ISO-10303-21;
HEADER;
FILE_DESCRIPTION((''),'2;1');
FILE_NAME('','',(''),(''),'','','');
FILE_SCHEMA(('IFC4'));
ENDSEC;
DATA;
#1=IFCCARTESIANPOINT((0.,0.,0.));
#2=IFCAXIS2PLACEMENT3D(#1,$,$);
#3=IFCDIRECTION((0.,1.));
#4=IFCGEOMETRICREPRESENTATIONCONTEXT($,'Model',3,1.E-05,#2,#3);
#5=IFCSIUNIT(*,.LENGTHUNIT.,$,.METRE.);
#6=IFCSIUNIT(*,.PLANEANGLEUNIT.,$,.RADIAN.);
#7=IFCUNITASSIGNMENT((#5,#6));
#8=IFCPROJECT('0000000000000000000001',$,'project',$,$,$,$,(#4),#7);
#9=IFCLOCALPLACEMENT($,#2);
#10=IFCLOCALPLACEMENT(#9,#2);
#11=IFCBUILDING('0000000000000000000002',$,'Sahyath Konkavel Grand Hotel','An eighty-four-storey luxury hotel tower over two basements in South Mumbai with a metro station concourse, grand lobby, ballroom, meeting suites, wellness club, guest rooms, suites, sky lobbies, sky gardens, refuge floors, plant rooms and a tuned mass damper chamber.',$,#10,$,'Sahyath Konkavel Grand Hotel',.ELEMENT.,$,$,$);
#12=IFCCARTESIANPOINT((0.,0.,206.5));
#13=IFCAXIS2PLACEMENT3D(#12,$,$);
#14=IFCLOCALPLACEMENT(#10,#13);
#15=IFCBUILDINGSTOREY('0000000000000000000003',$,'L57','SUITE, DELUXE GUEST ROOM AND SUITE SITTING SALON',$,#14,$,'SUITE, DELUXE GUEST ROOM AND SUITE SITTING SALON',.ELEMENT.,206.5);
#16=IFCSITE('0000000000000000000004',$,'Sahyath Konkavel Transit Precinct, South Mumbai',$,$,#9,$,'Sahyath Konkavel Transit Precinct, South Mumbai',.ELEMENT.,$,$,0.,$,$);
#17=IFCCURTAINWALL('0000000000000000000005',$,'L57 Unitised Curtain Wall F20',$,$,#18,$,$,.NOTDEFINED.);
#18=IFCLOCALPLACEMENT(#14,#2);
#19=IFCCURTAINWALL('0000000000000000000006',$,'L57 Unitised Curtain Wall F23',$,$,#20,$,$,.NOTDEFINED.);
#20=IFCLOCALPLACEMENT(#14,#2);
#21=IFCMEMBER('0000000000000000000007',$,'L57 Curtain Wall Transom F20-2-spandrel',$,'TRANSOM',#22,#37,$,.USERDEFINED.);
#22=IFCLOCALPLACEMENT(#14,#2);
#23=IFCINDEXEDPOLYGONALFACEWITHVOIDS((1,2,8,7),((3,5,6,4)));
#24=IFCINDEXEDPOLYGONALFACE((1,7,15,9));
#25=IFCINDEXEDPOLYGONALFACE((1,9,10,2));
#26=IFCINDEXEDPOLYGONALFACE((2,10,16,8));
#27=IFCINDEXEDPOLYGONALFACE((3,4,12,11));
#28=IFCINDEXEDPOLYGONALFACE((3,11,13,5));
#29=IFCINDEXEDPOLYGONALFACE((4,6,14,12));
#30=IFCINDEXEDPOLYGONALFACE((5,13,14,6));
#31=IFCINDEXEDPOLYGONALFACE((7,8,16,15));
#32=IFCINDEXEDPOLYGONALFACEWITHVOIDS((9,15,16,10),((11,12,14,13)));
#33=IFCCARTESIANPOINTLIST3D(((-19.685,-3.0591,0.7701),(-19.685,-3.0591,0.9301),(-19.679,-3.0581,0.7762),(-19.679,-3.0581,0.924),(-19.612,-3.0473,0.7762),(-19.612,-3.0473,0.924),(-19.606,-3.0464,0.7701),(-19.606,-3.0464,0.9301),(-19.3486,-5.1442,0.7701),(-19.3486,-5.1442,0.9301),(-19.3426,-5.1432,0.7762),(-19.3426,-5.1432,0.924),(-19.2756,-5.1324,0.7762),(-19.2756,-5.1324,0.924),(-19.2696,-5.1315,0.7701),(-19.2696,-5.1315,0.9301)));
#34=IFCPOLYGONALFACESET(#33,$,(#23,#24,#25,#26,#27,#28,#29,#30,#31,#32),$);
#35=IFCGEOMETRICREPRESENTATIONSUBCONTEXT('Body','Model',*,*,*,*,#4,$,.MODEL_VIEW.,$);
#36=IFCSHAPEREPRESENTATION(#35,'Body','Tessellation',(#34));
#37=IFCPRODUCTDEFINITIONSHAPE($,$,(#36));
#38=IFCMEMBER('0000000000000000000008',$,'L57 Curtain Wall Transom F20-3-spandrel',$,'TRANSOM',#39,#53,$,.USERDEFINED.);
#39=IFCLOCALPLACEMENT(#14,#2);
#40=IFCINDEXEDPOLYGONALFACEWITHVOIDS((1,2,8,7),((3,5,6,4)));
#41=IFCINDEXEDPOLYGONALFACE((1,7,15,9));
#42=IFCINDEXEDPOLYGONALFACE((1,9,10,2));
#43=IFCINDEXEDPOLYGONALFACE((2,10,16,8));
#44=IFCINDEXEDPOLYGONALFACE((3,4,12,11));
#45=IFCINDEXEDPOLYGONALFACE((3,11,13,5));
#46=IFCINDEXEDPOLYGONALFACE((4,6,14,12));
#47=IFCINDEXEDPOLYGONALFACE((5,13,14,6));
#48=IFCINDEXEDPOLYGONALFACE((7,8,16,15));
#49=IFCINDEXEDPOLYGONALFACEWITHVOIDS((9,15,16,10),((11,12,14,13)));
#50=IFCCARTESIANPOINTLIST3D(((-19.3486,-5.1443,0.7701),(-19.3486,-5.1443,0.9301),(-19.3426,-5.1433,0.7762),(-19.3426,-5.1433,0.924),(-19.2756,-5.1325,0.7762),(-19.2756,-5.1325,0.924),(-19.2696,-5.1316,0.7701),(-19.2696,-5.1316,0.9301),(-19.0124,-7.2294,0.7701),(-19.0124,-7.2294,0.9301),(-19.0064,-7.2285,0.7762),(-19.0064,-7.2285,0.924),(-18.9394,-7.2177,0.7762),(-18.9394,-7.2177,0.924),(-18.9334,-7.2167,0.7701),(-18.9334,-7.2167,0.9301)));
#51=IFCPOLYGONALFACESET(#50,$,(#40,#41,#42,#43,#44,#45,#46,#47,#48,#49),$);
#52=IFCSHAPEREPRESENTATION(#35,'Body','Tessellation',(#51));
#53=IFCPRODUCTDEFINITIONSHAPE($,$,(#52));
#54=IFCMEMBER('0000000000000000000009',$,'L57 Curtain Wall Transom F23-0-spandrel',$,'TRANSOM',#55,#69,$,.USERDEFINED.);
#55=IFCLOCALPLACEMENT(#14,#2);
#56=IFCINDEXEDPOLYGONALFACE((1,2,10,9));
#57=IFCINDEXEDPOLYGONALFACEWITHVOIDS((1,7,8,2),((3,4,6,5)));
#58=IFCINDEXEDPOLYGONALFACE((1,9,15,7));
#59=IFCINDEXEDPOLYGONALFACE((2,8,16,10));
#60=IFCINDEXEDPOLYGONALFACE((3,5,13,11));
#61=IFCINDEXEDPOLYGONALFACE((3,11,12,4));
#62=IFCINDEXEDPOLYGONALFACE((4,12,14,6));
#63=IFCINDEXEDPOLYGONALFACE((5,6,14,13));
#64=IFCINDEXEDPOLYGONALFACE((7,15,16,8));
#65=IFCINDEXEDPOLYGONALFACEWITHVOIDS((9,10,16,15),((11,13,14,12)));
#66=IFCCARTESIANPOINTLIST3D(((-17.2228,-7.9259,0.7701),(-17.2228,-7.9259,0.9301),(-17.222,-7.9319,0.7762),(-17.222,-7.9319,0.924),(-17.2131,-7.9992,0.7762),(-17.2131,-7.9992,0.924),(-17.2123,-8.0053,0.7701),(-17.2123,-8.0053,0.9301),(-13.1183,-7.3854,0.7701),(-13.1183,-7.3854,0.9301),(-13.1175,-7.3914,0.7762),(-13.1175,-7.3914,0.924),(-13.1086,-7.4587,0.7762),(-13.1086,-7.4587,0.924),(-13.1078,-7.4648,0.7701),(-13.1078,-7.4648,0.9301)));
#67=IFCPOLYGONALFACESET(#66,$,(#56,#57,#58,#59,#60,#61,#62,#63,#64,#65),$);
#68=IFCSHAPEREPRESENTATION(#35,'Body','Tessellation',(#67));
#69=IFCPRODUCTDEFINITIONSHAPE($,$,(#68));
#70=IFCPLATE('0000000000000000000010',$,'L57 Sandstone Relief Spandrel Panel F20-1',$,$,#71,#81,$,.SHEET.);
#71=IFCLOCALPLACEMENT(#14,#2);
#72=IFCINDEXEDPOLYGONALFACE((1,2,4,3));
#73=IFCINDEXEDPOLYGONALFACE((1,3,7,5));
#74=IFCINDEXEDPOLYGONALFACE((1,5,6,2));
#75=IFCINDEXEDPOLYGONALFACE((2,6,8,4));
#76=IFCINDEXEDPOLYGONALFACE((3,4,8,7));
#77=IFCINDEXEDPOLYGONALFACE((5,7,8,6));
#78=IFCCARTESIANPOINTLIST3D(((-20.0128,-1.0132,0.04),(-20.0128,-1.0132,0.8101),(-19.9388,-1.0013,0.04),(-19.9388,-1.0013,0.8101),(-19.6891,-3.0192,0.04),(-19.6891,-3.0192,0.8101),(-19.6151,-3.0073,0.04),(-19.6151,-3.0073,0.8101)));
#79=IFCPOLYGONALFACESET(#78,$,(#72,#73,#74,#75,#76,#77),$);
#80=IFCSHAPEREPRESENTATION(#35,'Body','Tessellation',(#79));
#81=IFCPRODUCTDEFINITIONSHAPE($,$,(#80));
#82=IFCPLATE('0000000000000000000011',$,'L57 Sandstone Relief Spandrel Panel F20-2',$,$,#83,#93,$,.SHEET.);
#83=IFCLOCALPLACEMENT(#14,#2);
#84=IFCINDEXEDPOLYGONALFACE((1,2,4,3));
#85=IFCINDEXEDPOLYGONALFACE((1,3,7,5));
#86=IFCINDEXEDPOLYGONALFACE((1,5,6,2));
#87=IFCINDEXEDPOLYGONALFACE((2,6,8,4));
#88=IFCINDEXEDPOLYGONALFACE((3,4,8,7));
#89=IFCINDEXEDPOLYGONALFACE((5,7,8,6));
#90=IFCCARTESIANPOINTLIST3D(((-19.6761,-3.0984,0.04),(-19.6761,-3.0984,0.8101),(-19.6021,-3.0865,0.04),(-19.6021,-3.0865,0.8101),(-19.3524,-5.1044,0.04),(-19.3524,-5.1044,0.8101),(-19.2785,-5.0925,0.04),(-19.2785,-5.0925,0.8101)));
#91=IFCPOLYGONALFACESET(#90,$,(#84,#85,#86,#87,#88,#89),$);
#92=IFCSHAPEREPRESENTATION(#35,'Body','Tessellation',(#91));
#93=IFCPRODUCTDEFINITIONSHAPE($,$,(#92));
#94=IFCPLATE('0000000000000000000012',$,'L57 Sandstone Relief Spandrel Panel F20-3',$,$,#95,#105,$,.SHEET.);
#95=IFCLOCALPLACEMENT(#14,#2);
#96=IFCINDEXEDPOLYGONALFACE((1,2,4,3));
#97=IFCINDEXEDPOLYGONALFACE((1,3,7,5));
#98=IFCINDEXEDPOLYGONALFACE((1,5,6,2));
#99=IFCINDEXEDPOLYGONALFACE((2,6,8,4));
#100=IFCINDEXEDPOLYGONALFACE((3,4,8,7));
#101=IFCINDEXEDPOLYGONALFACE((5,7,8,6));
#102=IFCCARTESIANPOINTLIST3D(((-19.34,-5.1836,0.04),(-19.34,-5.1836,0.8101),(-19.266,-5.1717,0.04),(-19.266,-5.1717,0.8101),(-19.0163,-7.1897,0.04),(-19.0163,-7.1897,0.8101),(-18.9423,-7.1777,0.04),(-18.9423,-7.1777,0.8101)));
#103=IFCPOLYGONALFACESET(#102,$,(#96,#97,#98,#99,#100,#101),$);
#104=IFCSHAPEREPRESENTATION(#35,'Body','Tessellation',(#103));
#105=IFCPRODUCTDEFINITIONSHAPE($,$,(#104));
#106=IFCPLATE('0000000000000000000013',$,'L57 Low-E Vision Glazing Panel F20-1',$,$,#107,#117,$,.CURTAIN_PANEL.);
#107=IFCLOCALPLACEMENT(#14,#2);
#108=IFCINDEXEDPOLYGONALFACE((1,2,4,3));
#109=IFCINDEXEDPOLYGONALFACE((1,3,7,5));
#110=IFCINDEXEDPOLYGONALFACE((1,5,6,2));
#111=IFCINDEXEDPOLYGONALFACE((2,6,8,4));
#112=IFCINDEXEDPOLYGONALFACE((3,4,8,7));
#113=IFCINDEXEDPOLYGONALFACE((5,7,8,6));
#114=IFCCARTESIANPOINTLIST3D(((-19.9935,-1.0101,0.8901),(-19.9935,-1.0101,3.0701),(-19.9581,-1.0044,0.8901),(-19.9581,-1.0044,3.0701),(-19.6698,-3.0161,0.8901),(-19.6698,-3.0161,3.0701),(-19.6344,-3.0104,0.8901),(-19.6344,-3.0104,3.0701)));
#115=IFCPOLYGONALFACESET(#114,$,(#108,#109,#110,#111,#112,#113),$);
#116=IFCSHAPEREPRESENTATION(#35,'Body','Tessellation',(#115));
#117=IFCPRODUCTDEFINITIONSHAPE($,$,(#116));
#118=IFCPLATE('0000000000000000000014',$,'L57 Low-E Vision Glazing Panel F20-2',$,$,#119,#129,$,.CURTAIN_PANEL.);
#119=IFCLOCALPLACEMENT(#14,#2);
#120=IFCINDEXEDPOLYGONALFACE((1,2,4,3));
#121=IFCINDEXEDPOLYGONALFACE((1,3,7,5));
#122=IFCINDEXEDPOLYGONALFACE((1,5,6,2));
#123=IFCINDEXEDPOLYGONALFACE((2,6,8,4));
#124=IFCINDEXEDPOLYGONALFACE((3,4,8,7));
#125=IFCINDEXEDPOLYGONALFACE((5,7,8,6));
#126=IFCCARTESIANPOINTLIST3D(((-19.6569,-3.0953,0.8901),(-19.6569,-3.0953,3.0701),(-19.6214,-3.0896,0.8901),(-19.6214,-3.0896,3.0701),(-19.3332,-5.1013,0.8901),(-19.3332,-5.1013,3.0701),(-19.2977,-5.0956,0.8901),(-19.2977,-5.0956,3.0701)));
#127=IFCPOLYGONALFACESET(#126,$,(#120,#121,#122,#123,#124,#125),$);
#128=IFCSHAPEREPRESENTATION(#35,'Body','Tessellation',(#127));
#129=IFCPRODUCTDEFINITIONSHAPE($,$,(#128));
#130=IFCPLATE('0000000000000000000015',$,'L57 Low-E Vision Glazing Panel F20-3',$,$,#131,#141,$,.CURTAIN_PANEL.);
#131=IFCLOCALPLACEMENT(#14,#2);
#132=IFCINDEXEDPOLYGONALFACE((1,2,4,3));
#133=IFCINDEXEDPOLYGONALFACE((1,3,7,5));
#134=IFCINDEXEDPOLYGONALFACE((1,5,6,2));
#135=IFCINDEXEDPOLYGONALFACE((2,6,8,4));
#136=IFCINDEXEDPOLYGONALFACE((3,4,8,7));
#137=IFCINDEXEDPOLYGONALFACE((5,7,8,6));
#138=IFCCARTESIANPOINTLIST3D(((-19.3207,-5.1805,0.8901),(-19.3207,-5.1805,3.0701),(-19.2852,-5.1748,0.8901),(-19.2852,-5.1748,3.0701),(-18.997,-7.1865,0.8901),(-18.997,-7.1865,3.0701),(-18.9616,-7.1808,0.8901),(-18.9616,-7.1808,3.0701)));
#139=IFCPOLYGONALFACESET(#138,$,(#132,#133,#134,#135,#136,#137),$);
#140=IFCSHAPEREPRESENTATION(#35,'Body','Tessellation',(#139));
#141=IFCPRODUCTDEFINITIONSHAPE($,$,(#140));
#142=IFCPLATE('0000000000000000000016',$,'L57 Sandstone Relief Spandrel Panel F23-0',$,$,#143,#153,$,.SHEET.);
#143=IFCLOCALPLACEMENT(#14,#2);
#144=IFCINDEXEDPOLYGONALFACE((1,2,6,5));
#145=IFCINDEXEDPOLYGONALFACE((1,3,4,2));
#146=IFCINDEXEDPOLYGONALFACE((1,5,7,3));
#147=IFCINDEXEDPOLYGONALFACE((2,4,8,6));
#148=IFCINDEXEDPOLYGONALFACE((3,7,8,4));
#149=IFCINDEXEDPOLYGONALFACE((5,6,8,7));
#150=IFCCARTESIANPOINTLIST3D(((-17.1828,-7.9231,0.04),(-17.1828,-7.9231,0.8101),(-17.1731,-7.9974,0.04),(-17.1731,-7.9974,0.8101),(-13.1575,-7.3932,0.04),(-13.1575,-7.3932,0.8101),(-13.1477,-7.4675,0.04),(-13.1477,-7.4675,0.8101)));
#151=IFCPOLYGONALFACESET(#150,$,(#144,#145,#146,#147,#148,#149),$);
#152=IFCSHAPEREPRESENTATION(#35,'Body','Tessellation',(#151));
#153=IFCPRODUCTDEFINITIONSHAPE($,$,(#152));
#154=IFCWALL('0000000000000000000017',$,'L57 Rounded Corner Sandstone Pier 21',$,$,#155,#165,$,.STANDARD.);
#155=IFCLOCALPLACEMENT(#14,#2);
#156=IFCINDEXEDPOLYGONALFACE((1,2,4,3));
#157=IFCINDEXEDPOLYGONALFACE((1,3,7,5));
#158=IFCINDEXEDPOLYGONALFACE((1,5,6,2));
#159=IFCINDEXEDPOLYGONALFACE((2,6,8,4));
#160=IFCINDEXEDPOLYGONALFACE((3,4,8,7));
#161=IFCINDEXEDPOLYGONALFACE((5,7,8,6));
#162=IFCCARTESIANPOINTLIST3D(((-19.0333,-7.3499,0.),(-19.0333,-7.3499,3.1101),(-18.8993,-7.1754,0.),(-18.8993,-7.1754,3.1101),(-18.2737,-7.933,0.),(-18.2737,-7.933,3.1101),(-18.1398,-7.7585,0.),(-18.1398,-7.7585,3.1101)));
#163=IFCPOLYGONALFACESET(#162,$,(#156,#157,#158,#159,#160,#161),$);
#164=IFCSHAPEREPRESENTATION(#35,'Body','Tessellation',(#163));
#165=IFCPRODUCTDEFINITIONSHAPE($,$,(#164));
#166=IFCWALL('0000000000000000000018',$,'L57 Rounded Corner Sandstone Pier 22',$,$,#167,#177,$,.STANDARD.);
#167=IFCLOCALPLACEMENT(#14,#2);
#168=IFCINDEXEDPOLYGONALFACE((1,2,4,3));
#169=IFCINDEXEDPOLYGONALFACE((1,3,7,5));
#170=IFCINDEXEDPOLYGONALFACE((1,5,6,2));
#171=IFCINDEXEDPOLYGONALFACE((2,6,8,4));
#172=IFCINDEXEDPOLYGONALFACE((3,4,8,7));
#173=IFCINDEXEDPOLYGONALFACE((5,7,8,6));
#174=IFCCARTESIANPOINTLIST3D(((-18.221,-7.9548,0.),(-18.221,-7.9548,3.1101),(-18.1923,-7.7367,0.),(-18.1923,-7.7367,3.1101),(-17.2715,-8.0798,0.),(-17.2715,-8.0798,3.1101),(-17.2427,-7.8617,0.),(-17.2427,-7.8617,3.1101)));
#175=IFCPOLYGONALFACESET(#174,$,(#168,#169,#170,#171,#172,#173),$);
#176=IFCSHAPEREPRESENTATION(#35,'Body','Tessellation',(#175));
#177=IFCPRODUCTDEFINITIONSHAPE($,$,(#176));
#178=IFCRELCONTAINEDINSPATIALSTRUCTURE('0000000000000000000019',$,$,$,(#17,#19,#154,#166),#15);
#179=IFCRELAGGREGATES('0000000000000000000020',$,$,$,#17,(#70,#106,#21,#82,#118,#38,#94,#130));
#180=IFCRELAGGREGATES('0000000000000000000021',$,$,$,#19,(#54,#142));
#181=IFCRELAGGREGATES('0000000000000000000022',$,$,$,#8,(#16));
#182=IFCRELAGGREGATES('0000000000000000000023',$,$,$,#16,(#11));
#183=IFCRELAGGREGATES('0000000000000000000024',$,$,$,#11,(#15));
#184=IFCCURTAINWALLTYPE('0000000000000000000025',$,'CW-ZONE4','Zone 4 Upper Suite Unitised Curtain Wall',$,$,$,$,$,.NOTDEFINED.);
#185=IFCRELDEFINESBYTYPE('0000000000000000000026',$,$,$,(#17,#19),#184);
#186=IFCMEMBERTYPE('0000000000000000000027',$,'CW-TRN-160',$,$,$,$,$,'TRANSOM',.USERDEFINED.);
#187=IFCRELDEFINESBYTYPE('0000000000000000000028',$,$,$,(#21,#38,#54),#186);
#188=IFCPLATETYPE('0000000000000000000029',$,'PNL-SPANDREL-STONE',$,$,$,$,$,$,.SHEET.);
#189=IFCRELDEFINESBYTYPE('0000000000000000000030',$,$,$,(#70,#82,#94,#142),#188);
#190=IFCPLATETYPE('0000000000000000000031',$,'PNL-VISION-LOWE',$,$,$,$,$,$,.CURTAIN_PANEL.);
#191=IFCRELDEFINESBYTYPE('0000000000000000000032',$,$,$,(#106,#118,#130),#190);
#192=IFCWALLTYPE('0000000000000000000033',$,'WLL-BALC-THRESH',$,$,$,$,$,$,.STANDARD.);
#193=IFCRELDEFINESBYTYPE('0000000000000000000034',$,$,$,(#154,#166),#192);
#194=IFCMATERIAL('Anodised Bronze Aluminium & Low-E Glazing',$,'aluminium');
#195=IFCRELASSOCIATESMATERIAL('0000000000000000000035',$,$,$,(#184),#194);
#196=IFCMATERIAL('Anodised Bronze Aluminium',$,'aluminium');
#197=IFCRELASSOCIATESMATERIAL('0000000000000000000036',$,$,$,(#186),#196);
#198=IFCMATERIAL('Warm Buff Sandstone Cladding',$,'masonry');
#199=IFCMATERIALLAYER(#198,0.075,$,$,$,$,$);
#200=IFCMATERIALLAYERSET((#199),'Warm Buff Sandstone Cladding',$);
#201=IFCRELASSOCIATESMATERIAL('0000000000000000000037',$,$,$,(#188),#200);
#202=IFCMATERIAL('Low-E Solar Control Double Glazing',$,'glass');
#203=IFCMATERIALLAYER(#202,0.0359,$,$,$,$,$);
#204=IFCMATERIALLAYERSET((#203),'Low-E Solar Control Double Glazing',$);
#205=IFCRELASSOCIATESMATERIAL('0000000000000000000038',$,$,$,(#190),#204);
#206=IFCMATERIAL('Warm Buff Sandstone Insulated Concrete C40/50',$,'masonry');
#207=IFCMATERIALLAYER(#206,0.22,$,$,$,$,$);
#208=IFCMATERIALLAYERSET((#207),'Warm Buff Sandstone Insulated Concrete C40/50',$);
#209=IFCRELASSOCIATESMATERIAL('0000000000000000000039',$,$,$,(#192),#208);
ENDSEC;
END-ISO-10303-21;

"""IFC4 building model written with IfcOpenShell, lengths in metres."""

from ifc_helpers import new_model, si_unit, direction, frame, frame_2d, origin, origin_2d, place, context, subcontext, project, spatial, rectangle, hollow_rectangle, extrude, source, transform, mapped, material, layer, layer_set, material_profile, profile_set, type_object, element, aggregate, save


model = new_model("IFC4")

# Units and contexts
model_context = context("Model", 3, precision=1e-05, world=origin(), true_north=direction((0.0, 1.0)))
body_context = subcontext(model_context, "Body", "Model", "MODEL_VIEW")
ifc_project = project(units=[si_unit("LENGTHUNIT", "METRE"), si_unit("PLANEANGLEUNIT", "RADIAN")], contexts=[model_context])

# Site, building, storey
site_placement = place(None, origin())
site = spatial("IfcSite", under=ifc_project, at=site_placement, Name="Sahyath Konkavel Transit Precinct, South Mumbai", LongName="Sahyath Konkavel Transit Precinct, South Mumbai", CompositionType="ELEMENT", RefElevation=0.0)
building_placement = place(site_placement, origin())
building = spatial("IfcBuilding", under=site, at=building_placement, Name="Sahyath Konkavel Grand Hotel", Description="An eighty-four-storey luxury hotel tower over two basements in South Mumbai with a metro station concourse, grand lobby, ballroom, meeting suites, wellness club, guest rooms, suites, sky lobbies, sky gardens, refuge floors, plant rooms and a tuned mass damper chamber.", LongName="Sahyath Konkavel Grand Hotel", CompositionType="ELEMENT")
storey_placement = place(building_placement, frame((0.0, 0.0, 206.5)))
storey = spatial("IfcBuildingStorey", under=building, at=storey_placement, Name="L57", Description="SUITE, DELUXE GUEST ROOM AND SUITE SITTING SALON", LongName="SUITE, DELUXE GUEST ROOM AND SUITE SITTING SALON", CompositionType="ELEMENT", Elevation=206.5)

# Curtain wall
ifc_material_1 = material(Name="Anodised Bronze Aluminium & Low-E Glazing", Category="aluminium")
curtain_wall_type = type_object("IfcCurtainWallType", Name="CW-ZONE4", Description="Zone 4 Upper Suite Unitised Curtain Wall", PredefinedType="NOTDEFINED", material=ifc_material_1)
curtain_wall_1_placement = place(storey_placement, origin())
curtain_wall_1 = element("IfcCurtainWall", 1, at=curtain_wall_1_placement, inside=storey, type_object=curtain_wall_type, Name="L57 Unitised Curtain Wall F20", PredefinedType="NOTDEFINED")
ifc_material_2 = material(Name="Anodised Bronze Aluminium", Category="aluminium")

# Curtain wall
curtain_wall_2_placement = place(storey_placement, origin())
curtain_wall_2 = element("IfcCurtainWall", 2, at=curtain_wall_2_placement, inside=storey, type_object=curtain_wall_type, Name="L57 Unitised Curtain Wall F23", PredefinedType="NOTDEFINED")

# Members
ifc_material_profile_1 = material_profile(ifc_material_2, hollow_rectangle(XDim=0.0801, YDim=0.1599, WallThickness=0.0061, at=origin_2d()), Name="RHS 160x80x6")
ifc_profile_set_1 = profile_set([ifc_material_profile_1], Name="Anodised Bronze Aluminium")
member_type_1 = type_object("IfcMemberType", Name="CW-TRN-160", ElementType="TRANSOM", PredefinedType="USERDEFINED", material=ifc_profile_set_1)
shared_shape_1 = source(origin(), body_context, "Body", "SweptSolid", [
    extrude(hollow_rectangle(XDim=0.0801, YDim=0.1599, WallThickness=0.0061, at=origin_2d()), origin(), (0.0, 0.0, 1.0), 2.1121),
])
member_1_placement = place(storey_placement, frame((-19.6455, -3.0527, 0.8501), z_axis=(0.15928, -0.987233, 0.0), x_axis=(0.987233, 0.15928, 0.0)))
member_1 = element("IfcMember", 3, at=member_1_placement, type_object=member_type_1, Name="L57 Curtain Wall Transom F20-2-spandrel", ObjectType="TRANSOM", PredefinedType="USERDEFINED", context=body_context, shape_type="MappedRepresentation", body=[
    mapped(shared_shape_1, transform((0.0, 0.0, 0.0), scale=1.0)),
])
member_2_placement = place(storey_placement, frame((-19.3091, -5.1379, 0.8501), z_axis=(0.159167, -0.987252, 0.0), x_axis=(0.987252, 0.159167, 0.0)))
member_2 = element("IfcMember", 4, at=member_2_placement, type_object=member_type_1, Name="L57 Curtain Wall Transom F20-3-spandrel", ObjectType="TRANSOM", PredefinedType="USERDEFINED", context=body_context, shape_type="MappedRepresentation", body=[
    mapped(shared_shape_1, transform((0.0, 0.0, 0.0), scale=1.0)),
])
shared_shape_2 = source(origin(), body_context, "Body", "SweptSolid", [
    extrude(hollow_rectangle(XDim=0.0801, YDim=0.1599, WallThickness=0.0061, at=origin_2d()), origin(), (0.0, 0.0, 1.0), 4.1399),
])
member_3_placement = place(storey_placement, frame((-17.2175, -7.9656, 0.8501), z_axis=(0.99144, 0.130564, 0.0), x_axis=(-0.130564, 0.99144, 0.0)))
member_3 = element("IfcMember", 5, at=member_3_placement, type_object=member_type_1, Name="L57 Curtain Wall Transom F23-0-spandrel", ObjectType="TRANSOM", PredefinedType="USERDEFINED", context=body_context, shape_type="MappedRepresentation", body=[
    mapped(shared_shape_2, transform((0.0, 0.0, 0.0), scale=1.0)),
])

# Plates
ifc_material_3 = material(Name="Warm Buff Sandstone Cladding", Category="masonry")
ifc_layer_1 = layer(ifc_material_3, 0.075)
ifc_layer_set_1 = layer_set([ifc_layer_1], Name="Warm Buff Sandstone Cladding")
plate_type_1 = type_object("IfcPlateType", Name="PNL-SPANDREL-STONE", PredefinedType="SHEET", material=ifc_layer_set_1)
shared_shape_3 = source(origin(), body_context, "Body", "SweptSolid", [
    extrude(rectangle(XDim=2.032, YDim=0.075, at=origin_2d()), origin(), (0.0, 0.0, 1.0), 0.77),
])
plate_1_placement = place(storey_placement, frame((-19.814, -2.0103, 0.04), z_axis=(0.0, 0.0, 1.0), x_axis=(0.159295, -0.987231, 0.0)))
plate_1 = element("IfcPlate", 6, at=plate_1_placement, type_object=plate_type_1, Name="L57 Sandstone Relief Spandrel Panel F20-1", PredefinedType="SHEET", context=body_context, shape_type="MappedRepresentation", body=[
    mapped(shared_shape_3, transform((0.0, 0.0, 0.0), scale=1.0)),
])
plate_2_placement = place(storey_placement, frame((-19.4773, -4.0955, 0.04), z_axis=(0.0, 0.0, 1.0), x_axis=(0.159295, -0.987231, 0.0)))
plate_2 = element("IfcPlate", 7, at=plate_2_placement, type_object=plate_type_1, Name="L57 Sandstone Relief Spandrel Panel F20-2", PredefinedType="SHEET", context=body_context, shape_type="MappedRepresentation", body=[
    mapped(shared_shape_3, transform((0.0, 0.0, 0.0), scale=1.0)),
])
plate_3_placement = place(storey_placement, frame((-19.1411, -6.1807, 0.04), z_axis=(0.0, 0.0, 1.0), x_axis=(0.159295, -0.987231, 0.0)))
plate_3 = element("IfcPlate", 8, at=plate_3_placement, type_object=plate_type_1, Name="L57 Sandstone Relief Spandrel Panel F20-3", PredefinedType="SHEET", context=body_context, shape_type="MappedRepresentation", body=[
    mapped(shared_shape_3, transform((0.0, 0.0, 0.0), scale=1.0)),
])
ifc_material_4 = material(Name="Low-E Solar Control Double Glazing", Category="glass")
ifc_layer_2 = layer(ifc_material_4, 0.0359)
ifc_layer_set_2 = layer_set([ifc_layer_2], Name="Low-E Solar Control Double Glazing")
plate_type_2 = type_object("IfcPlateType", Name="PNL-VISION-LOWE", PredefinedType="CURTAIN_PANEL", material=ifc_layer_set_2)
shared_shape_4 = source(origin(), body_context, "Body", "SweptSolid", [
    extrude(rectangle(XDim=2.032, YDim=0.0359, at=origin_2d()), origin(), (0.0, 0.0, 1.0), 2.1799),
])
plate_4_placement = place(storey_placement, frame((-19.814, -2.0103, 0.8901), z_axis=(0.0, 0.0, 1.0), x_axis=(0.159295, -0.987231, 0.0)))
plate_4 = element("IfcPlate", 9, at=plate_4_placement, type_object=plate_type_2, Name="L57 Low-E Vision Glazing Panel F20-1", PredefinedType="CURTAIN_PANEL", context=body_context, shape_type="MappedRepresentation", body=[
    mapped(shared_shape_4, transform((0.0, 0.0, 0.0), scale=1.0)),
])
plate_5_placement = place(storey_placement, frame((-19.4773, -4.0955, 0.8901), z_axis=(0.0, 0.0, 1.0), x_axis=(0.159295, -0.987231, 0.0)))
plate_5 = element("IfcPlate", 10, at=plate_5_placement, type_object=plate_type_2, Name="L57 Low-E Vision Glazing Panel F20-2", PredefinedType="CURTAIN_PANEL", context=body_context, shape_type="MappedRepresentation", body=[
    mapped(shared_shape_4, transform((0.0, 0.0, 0.0), scale=1.0)),
])
plate_6_placement = place(storey_placement, frame((-19.1411, -6.1807, 0.8901), z_axis=(0.0, 0.0, 1.0), x_axis=(0.159295, -0.987231, 0.0)))
plate_6 = element("IfcPlate", 11, at=plate_6_placement, type_object=plate_type_2, Name="L57 Low-E Vision Glazing Panel F20-3", PredefinedType="CURTAIN_PANEL", context=body_context, shape_type="MappedRepresentation", body=[
    mapped(shared_shape_4, transform((0.0, 0.0, 0.0), scale=1.0)),
])
aggregate(curtain_wall_1, [plate_1, plate_4, member_1, plate_2, plate_5, member_2, plate_3, plate_6])
shared_shape_5 = source(origin(), body_context, "Body", "SweptSolid", [
    extrude(rectangle(XDim=4.0601, YDim=0.075, at=origin_2d()), origin(), (0.0, 0.0, 1.0), 0.77),
])
plate_7_placement = place(storey_placement, frame((-15.1653, -7.6953, 0.04), z_axis=(0.0, 0.0, 1.0), x_axis=(0.991445, 0.130526, 0.0)))
plate_7 = element("IfcPlate", 12, at=plate_7_placement, type_object=plate_type_1, Name="L57 Sandstone Relief Spandrel Panel F23-0", PredefinedType="SHEET", context=body_context, shape_type="MappedRepresentation", body=[
    mapped(shared_shape_5, transform((0.0, 0.0, 0.0), scale=1.0)),
])
aggregate(curtain_wall_2, [member_3, plate_7])

# Walls
ifc_material_5 = material(Name="Warm Buff Sandstone Insulated Concrete C40/50", Category="masonry")
ifc_layer_3 = layer(ifc_material_5, 0.22)
ifc_layer_set_3 = layer_set([ifc_layer_3], Name="Warm Buff Sandstone Insulated Concrete C40/50")
wall_type_1 = type_object("IfcWallType", Name="WLL-BALC-THRESH", PredefinedType="STANDARD", material=ifc_layer_set_3)
wall_1_placement = place(storey_placement, frame((-18.9663, -7.2627, 0.0), z_axis=(0.0, 0.0, 1.0), x_axis=(0.793249, -0.608897, 0.0)))
element("IfcWall", 13, at=wall_1_placement, inside=storey, type_object=wall_type_1, Name="L57 Rounded Corner Sandstone Pier 21", PredefinedType="STANDARD", context=body_context, shape_type="SweptSolid", body=[
    extrude(rectangle(XDim=0.9575, YDim=0.22, at=frame_2d((0.4788, 0.0))), origin(), (0.0, 0.0, 1.0), 3.1101),
])
wall_2_placement = place(storey_placement, frame((-18.2068, -7.8457, 0.0), z_axis=(0.0, 0.0, 1.0), x_axis=(0.991445, -0.130527, 0.0)))
element("IfcWall", 14, at=wall_2_placement, inside=storey, type_object=wall_type_1, Name="L57 Rounded Corner Sandstone Pier 22", PredefinedType="STANDARD", context=body_context, shape_type="SweptSolid", body=[
    extrude(rectangle(XDim=0.9578, YDim=0.22, at=frame_2d((0.479, 0.0))), origin(), (0.0, 0.0, 1.0), 3.1101),
])

save(model, "model.ifc")
